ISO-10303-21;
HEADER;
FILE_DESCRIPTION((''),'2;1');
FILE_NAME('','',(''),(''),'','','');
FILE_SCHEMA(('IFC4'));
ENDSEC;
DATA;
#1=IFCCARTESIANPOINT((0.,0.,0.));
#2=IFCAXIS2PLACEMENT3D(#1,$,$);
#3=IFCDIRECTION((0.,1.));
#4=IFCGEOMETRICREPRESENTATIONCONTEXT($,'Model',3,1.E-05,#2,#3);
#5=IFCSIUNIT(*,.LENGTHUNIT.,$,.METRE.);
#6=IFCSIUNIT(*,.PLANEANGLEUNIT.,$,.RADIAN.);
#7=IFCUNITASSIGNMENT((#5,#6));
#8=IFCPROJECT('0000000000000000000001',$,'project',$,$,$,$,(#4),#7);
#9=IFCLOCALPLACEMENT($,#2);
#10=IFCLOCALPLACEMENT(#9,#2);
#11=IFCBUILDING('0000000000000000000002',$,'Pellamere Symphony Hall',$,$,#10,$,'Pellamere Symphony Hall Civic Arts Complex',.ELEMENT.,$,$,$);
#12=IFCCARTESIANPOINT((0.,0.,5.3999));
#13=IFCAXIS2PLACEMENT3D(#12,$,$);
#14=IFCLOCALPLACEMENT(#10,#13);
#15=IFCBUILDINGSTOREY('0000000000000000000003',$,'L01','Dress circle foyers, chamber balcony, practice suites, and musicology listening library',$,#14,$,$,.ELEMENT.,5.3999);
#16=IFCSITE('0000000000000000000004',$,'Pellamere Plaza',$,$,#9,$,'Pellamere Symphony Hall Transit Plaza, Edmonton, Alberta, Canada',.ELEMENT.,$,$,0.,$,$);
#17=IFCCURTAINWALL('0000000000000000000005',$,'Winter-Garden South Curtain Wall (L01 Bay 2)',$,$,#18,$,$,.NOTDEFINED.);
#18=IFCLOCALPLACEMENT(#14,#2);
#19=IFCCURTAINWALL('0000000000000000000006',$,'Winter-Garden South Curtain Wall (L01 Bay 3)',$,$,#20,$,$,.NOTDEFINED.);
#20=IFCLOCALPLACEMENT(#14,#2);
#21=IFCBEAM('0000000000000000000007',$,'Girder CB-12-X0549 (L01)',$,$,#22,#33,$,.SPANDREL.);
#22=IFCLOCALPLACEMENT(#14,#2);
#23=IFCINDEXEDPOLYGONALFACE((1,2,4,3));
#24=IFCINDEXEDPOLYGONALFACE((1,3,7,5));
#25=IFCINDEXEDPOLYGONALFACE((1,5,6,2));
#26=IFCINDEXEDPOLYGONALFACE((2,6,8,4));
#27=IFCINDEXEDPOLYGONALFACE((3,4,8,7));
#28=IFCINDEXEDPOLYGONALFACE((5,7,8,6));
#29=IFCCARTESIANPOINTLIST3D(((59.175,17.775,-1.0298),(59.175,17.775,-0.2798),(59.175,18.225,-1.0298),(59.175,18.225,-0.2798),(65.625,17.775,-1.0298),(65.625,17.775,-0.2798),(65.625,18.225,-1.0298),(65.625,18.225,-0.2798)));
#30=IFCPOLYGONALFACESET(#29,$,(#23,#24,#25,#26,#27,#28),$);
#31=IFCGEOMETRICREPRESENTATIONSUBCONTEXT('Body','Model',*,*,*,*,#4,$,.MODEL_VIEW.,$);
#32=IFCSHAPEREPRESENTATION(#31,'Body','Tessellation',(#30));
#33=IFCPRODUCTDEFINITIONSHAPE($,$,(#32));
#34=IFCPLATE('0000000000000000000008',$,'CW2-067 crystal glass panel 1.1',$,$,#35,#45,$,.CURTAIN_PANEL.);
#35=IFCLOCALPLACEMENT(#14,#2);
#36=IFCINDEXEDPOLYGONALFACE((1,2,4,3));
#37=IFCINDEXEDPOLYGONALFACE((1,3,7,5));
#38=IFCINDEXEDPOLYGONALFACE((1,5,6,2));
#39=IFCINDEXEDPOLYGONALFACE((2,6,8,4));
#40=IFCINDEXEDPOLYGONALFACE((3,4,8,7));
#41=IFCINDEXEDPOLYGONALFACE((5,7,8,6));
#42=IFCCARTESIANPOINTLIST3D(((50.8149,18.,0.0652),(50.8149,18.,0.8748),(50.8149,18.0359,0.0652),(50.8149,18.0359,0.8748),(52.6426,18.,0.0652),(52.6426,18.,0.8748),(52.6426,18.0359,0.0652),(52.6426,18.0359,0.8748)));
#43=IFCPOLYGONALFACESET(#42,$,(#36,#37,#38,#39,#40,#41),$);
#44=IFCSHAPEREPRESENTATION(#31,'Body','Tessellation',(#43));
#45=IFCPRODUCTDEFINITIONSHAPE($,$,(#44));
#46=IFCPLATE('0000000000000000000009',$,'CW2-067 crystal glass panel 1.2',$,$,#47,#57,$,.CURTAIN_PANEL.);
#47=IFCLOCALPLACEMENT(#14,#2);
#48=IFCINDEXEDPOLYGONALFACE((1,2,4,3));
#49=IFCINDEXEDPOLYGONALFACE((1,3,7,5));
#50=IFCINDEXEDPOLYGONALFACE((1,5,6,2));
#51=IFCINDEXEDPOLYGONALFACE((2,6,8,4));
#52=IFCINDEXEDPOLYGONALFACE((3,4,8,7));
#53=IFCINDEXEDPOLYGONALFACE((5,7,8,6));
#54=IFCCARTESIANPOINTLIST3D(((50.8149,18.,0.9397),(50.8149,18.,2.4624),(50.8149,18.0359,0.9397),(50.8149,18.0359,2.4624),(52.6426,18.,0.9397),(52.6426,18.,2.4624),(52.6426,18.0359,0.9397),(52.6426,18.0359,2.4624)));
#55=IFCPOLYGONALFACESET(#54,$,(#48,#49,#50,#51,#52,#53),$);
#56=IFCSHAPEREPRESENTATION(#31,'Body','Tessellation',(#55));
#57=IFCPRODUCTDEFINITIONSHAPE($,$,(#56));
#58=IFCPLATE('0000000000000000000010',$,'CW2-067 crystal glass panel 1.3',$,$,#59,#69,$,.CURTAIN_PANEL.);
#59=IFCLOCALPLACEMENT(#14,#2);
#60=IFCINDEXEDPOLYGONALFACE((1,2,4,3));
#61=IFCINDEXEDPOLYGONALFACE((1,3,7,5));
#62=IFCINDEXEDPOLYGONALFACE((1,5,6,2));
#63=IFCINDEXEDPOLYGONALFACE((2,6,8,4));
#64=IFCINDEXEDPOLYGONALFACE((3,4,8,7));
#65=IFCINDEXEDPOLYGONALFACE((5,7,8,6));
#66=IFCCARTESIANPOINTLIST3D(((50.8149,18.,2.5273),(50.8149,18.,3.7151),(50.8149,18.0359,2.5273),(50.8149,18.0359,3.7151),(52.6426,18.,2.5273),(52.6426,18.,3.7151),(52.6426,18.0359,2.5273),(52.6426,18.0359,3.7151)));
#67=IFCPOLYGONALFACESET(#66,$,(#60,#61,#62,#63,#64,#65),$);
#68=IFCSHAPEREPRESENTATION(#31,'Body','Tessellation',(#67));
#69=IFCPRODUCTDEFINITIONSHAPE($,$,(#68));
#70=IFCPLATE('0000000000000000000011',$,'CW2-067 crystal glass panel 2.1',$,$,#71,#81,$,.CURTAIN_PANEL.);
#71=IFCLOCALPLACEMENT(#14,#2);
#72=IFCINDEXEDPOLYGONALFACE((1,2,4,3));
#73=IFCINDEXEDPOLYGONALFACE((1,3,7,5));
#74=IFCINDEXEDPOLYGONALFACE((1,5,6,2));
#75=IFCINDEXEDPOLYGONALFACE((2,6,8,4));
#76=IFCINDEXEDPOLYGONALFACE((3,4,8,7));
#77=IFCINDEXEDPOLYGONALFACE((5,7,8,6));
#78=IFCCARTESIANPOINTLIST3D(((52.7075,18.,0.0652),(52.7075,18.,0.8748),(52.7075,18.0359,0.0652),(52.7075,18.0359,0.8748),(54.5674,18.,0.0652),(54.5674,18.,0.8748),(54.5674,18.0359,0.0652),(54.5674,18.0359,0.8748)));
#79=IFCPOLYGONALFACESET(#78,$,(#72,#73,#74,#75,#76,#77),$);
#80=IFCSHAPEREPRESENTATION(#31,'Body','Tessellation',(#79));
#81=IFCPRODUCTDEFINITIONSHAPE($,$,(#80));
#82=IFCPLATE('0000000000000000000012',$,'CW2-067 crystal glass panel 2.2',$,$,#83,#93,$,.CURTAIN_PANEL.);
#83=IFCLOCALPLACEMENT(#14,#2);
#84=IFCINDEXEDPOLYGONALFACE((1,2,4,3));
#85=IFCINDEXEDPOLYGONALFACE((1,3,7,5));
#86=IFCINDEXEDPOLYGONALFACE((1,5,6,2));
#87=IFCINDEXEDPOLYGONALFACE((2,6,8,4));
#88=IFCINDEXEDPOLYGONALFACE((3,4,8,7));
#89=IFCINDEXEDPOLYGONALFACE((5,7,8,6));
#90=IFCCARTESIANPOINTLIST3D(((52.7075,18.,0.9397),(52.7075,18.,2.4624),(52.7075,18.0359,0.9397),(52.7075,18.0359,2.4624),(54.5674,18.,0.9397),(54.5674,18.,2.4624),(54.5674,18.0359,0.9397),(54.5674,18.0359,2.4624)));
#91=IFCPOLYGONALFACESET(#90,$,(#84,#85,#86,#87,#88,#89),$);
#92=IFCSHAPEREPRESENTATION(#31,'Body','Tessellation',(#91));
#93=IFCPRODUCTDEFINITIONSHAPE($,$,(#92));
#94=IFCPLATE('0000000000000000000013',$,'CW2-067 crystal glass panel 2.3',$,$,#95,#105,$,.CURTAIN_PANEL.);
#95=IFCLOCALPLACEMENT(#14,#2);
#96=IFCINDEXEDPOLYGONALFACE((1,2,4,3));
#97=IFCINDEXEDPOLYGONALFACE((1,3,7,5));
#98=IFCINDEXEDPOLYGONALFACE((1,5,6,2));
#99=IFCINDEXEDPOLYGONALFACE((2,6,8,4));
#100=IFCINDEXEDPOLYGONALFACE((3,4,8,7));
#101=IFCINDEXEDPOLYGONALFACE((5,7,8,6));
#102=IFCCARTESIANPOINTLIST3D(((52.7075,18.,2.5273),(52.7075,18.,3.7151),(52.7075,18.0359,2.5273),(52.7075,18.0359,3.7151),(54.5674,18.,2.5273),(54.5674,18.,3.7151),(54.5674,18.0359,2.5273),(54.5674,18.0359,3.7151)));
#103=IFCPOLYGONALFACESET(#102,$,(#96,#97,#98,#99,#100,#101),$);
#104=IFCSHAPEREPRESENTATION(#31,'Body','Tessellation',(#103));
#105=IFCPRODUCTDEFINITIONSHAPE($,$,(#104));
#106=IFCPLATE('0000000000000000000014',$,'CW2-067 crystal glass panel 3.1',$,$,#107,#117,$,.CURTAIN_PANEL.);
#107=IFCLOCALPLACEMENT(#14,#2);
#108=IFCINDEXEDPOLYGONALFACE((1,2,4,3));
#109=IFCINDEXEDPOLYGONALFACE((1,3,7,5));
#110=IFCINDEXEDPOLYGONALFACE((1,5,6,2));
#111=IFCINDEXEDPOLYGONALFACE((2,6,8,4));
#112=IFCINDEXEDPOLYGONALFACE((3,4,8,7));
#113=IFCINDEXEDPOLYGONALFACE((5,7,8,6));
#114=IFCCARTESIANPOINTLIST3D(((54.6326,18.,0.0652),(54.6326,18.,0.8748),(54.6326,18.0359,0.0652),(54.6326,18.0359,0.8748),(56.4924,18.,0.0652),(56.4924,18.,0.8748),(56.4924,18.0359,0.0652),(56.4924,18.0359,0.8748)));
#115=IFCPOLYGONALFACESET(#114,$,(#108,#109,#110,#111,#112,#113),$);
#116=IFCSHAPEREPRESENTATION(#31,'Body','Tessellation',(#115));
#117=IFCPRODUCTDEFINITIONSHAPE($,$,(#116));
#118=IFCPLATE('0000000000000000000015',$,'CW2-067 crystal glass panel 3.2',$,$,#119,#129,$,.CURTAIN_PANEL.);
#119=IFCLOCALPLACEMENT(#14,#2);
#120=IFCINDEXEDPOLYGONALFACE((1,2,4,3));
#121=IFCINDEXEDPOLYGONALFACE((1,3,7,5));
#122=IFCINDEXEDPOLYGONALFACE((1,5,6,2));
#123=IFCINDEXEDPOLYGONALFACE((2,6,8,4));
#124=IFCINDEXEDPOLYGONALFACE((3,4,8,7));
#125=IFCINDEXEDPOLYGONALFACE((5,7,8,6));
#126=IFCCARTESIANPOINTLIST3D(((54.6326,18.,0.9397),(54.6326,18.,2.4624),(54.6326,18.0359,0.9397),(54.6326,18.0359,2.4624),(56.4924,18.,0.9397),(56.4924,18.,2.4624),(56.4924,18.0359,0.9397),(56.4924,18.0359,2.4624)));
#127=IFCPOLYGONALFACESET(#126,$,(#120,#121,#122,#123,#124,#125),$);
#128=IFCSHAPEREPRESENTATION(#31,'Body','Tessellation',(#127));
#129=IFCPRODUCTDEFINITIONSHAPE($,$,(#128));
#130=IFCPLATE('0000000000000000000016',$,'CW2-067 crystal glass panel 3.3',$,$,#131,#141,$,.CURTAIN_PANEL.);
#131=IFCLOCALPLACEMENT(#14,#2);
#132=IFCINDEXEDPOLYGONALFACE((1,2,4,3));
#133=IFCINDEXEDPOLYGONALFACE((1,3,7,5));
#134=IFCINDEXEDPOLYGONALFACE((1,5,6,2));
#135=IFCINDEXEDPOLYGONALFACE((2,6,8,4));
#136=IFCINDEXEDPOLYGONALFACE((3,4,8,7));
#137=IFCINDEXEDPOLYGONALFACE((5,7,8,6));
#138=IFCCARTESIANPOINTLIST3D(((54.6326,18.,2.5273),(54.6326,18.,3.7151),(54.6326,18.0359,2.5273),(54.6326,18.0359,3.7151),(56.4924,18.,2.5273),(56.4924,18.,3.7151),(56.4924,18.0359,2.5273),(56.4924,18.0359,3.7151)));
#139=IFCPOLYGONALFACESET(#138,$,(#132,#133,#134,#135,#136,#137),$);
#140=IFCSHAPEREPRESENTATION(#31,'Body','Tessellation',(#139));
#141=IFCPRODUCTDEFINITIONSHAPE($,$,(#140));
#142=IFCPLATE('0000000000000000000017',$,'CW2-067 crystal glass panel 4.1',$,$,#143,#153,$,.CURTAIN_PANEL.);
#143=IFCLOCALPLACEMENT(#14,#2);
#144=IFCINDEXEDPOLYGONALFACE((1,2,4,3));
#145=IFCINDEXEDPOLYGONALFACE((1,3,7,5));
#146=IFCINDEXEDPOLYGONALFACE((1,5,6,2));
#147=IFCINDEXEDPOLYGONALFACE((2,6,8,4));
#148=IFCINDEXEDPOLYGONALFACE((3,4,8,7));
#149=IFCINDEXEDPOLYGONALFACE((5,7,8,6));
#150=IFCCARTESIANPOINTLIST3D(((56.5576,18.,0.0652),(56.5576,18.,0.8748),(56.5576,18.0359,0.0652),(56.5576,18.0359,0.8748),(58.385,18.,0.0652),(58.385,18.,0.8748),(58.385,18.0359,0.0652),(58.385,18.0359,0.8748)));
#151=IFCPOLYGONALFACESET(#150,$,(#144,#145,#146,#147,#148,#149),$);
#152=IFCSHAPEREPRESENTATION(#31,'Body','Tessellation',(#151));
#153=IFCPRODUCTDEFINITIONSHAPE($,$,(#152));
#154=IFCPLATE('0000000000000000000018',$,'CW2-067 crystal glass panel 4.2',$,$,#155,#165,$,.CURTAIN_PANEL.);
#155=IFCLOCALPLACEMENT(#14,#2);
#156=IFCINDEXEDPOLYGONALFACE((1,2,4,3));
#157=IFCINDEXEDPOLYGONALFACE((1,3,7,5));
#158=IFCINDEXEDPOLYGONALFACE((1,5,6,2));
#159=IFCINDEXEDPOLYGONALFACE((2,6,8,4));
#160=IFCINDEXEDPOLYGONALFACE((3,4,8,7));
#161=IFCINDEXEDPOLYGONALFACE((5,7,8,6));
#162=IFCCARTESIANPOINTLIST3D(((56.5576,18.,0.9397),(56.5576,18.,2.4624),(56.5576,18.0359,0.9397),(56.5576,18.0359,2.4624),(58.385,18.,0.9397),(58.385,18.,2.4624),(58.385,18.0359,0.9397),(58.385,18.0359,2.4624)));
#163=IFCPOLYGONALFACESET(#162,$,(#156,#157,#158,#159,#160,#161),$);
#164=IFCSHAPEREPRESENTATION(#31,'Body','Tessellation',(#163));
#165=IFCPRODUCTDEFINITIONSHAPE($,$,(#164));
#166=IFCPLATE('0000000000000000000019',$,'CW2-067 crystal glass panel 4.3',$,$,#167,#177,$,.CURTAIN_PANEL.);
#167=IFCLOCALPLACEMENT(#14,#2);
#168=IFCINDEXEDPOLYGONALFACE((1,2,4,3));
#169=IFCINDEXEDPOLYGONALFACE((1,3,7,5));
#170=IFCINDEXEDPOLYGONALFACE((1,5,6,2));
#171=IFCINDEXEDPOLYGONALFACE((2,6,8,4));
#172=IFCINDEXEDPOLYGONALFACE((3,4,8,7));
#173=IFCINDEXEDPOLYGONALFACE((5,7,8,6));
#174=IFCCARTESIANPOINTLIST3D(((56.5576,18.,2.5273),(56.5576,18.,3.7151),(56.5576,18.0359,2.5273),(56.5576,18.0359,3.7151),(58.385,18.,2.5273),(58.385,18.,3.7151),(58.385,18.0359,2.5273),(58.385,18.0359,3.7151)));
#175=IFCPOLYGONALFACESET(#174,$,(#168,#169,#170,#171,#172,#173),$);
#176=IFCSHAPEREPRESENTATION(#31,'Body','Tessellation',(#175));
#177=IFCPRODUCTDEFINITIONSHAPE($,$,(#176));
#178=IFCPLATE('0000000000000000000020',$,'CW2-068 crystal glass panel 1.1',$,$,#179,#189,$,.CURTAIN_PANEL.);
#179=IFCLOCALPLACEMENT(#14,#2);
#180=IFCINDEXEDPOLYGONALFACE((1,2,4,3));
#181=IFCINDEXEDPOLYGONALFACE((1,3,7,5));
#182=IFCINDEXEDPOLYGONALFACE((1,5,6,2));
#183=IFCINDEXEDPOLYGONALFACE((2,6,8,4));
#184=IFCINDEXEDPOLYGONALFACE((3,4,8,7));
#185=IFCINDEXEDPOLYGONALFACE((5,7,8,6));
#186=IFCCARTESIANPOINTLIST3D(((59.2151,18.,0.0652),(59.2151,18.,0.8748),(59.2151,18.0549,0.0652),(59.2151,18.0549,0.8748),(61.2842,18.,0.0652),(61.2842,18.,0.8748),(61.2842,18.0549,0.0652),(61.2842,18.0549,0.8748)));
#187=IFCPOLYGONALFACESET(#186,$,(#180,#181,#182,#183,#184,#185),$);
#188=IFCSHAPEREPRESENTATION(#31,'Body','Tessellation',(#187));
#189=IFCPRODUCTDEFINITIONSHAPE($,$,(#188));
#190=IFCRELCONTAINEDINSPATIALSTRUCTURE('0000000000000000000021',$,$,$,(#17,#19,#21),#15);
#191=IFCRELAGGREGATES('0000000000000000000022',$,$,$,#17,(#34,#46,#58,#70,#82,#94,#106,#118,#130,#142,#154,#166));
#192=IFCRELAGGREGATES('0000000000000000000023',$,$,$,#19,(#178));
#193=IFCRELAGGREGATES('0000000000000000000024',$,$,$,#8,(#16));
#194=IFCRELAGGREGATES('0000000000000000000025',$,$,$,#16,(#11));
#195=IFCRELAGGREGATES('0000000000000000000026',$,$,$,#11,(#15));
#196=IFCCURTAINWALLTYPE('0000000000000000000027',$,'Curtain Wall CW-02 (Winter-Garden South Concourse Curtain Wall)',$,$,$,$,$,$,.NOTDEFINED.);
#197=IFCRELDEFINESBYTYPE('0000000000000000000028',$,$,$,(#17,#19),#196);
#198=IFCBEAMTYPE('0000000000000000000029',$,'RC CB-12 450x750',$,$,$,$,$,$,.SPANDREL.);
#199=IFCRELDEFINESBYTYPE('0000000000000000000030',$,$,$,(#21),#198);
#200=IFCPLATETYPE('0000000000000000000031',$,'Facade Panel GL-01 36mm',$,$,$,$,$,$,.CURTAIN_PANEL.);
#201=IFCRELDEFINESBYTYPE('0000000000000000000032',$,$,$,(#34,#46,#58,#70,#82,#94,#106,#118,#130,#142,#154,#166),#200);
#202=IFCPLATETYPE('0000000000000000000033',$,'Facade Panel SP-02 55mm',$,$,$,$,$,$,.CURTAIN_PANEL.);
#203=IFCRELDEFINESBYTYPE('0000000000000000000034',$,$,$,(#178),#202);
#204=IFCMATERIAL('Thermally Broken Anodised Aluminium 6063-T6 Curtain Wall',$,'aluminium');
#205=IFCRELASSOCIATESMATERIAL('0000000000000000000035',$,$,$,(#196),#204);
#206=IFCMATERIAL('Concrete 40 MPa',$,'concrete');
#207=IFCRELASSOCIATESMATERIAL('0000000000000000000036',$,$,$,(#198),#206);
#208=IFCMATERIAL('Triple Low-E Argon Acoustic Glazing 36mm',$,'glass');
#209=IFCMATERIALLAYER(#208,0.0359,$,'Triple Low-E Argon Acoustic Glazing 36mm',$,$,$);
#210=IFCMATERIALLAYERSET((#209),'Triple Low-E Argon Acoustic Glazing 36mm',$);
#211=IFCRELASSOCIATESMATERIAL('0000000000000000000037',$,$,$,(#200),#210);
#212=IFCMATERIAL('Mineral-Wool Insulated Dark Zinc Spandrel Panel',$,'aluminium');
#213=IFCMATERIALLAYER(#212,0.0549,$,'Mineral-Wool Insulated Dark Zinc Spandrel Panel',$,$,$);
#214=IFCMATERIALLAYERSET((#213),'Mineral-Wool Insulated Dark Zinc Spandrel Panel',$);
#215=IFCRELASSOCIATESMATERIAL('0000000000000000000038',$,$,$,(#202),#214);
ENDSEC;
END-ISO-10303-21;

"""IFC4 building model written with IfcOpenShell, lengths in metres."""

from ifc_helpers import new_model, si_unit, direction, frame, origin, origin_2d, place, context, subcontext, project, spatial, polyline, rectangle, outline, extrude, material, layer, layer_set, material_profile, profile_set, type_object, element, aggregate, save


model = new_model("IFC4")

# Units and contexts
model_context = context("Model", 3, precision=1e-05, world=origin(), true_north=direction((0.0, 1.0)))
body_context = subcontext(model_context, "Body", "Model", "MODEL_VIEW")
ifc_project = project(units=[si_unit("LENGTHUNIT", "METRE"), si_unit("PLANEANGLEUNIT", "RADIAN")], contexts=[model_context])

# Site, building, storey
site_placement = place(None, origin())
site = spatial("IfcSite", under=ifc_project, at=site_placement, Name="Pellamere Plaza", LongName="Pellamere Symphony Hall Transit Plaza, Edmonton, Alberta, Canada", CompositionType="ELEMENT", RefElevation=0.0)
building_placement = place(site_placement, origin())
building = spatial("IfcBuilding", under=site, at=building_placement, Name="Pellamere Symphony Hall", LongName="Pellamere Symphony Hall Civic Arts Complex", CompositionType="ELEMENT")
storey_placement = place(building_placement, frame((0.0, 0.0, 5.3999)))
storey = spatial("IfcBuildingStorey", under=building, at=storey_placement, Name="L01", Description="Dress circle foyers, chamber balcony, practice suites, and musicology listening library", CompositionType="ELEMENT", Elevation=5.3999)

# Shared definitions
ifc_material_1 = material(Name="Concrete 40 MPa", Category="concrete")

# Curtain wall
ifc_material_2 = material(Name="Thermally Broken Anodised Aluminium 6063-T6 Curtain Wall", Category="aluminium")
curtain_wall_type = type_object("IfcCurtainWallType", Name="Curtain Wall CW-02 (Winter-Garden South Concourse Curtain Wall)", PredefinedType="NOTDEFINED", material=ifc_material_2)
curtain_wall_1_placement = place(storey_placement, origin())
curtain_wall_1 = element("IfcCurtainWall", 1, at=curtain_wall_1_placement, inside=storey, type_object=curtain_wall_type, Name="Winter-Garden South Curtain Wall (L01 Bay 2)", PredefinedType="NOTDEFINED")

# Curtain wall
curtain_wall_2_placement = place(storey_placement, origin())
curtain_wall_2 = element("IfcCurtainWall", 2, at=curtain_wall_2_placement, inside=storey, type_object=curtain_wall_type, Name="Winter-Garden South Curtain Wall (L01 Bay 3)", PredefinedType="NOTDEFINED")

# Beam
ifc_material_profile_1 = material_profile(ifc_material_1, rectangle(XDim=0.45, YDim=0.75, at=origin_2d()), Name="RC 450x750")
ifc_profile_set_1 = profile_set([ifc_material_profile_1], Name="Concrete 40 MPa")
beam_type = type_object("IfcBeamType", Name="RC CB-12 450x750", PredefinedType="SPANDREL", material=ifc_profile_set_1)
beam_placement = place(storey_placement, frame((59.175, 18.0, -0.6548), z_axis=(1.0, 0.0, 0.0), x_axis=(0.0, 1.0, 0.0)))
element("IfcBeam", 3, at=beam_placement, inside=storey, type_object=beam_type, Name="Girder CB-12-X0549 (L01)", PredefinedType="SPANDREL", context=body_context, shape_type="SweptSolid", body=[
    extrude(rectangle(XDim=0.45, YDim=0.75, at=origin_2d()), origin(), (0.0, 0.0, 1.0), 6.45),
])

# Plates
ifc_material_3 = material(Name="Triple Low-E Argon Acoustic Glazing 36mm", Category="glass")
ifc_layer_1 = layer(ifc_material_3, 0.0359, Name="Triple Low-E Argon Acoustic Glazing 36mm")
ifc_layer_set_1 = layer_set([ifc_layer_1], Name="Triple Low-E Argon Acoustic Glazing 36mm")
plate_type_1 = type_object("IfcPlateType", Name="Facade Panel GL-01 36mm", PredefinedType="CURTAIN_PANEL", material=ifc_layer_set_1)
plate_1_placement = place(storey_placement, frame((50.8149, 18.0, 0.0652), z_axis=(0.0, -1.0, 0.0), x_axis=(1.0, 0.0, 0.0)))
plate_1 = element("IfcPlate", 4, at=plate_1_placement, type_object=plate_type_1, Name="CW2-067 crystal glass panel 1.1", PredefinedType="CURTAIN_PANEL", context=body_context, shape_type="SweptSolid", body=[
    extrude(outline(polyline([(0.0, 0.0), (1.8276, 0.0), (1.8276, 0.8096), (0.0, 0.8096), (0.0, 0.0)])), origin(), (0.0, 0.0, -1.0), 0.0359),
])
plate_2_placement = place(storey_placement, frame((50.8149, 18.0, 0.9397), z_axis=(0.0, -1.0, 0.0), x_axis=(1.0, 0.0, 0.0)))
plate_2 = element("IfcPlate", 5, at=plate_2_placement, type_object=plate_type_1, Name="CW2-067 crystal glass panel 1.2", PredefinedType="CURTAIN_PANEL", context=body_context, shape_type="SweptSolid", body=[
    extrude(outline(polyline([(0.0, 0.0), (1.8276, 0.0), (1.8276, 1.5227), (0.0, 1.5227), (0.0, 0.0)])), origin(), (0.0, 0.0, -1.0), 0.0359),
])
plate_3_placement = place(storey_placement, frame((50.8149, 18.0, 2.5273), z_axis=(0.0, -1.0, 0.0), x_axis=(1.0, 0.0, 0.0)))
plate_3 = element("IfcPlate", 6, at=plate_3_placement, type_object=plate_type_1, Name="CW2-067 crystal glass panel 1.3", PredefinedType="CURTAIN_PANEL", context=body_context, shape_type="SweptSolid", body=[
    extrude(outline(polyline([(0.0, 0.0), (1.8276, 0.0), (1.8276, 1.1877), (0.0, 1.1877), (0.0, 0.0)])), origin(), (0.0, 0.0, -1.0), 0.0359),
])
plate_4_placement = place(storey_placement, frame((52.7075, 18.0, 0.0652), z_axis=(0.0, -1.0, 0.0), x_axis=(1.0, 0.0, 0.0)))
plate_4 = element("IfcPlate", 7, at=plate_4_placement, type_object=plate_type_1, Name="CW2-067 crystal glass panel 2.1", PredefinedType="CURTAIN_PANEL", context=body_context, shape_type="SweptSolid", body=[
    extrude(outline(polyline([(0.0, 0.0), (1.8599, 0.0), (1.8599, 0.8096), (0.0, 0.8096), (0.0, 0.0)])), origin(), (0.0, 0.0, -1.0), 0.0359),
])
plate_5_placement = place(storey_placement, frame((52.7075, 18.0, 0.9397), z_axis=(0.0, -1.0, 0.0), x_axis=(1.0, 0.0, 0.0)))
plate_5 = element("IfcPlate", 8, at=plate_5_placement, type_object=plate_type_1, Name="CW2-067 crystal glass panel 2.2", PredefinedType="CURTAIN_PANEL", context=body_context, shape_type="SweptSolid", body=[
    extrude(outline(polyline([(0.0, 0.0), (1.8599, 0.0), (1.8599, 1.5227), (0.0, 1.5227), (0.0, 0.0)])), origin(), (0.0, 0.0, -1.0), 0.0359),
])
plate_6_placement = place(storey_placement, frame((52.7075, 18.0, 2.5273), z_axis=(0.0, -1.0, 0.0), x_axis=(1.0, 0.0, 0.0)))
plate_6 = element("IfcPlate", 9, at=plate_6_placement, type_object=plate_type_1, Name="CW2-067 crystal glass panel 2.3", PredefinedType="CURTAIN_PANEL", context=body_context, shape_type="SweptSolid", body=[
    extrude(outline(polyline([(0.0, 0.0), (1.8599, 0.0), (1.8599, 1.1877), (0.0, 1.1877), (0.0, 0.0)])), origin(), (0.0, 0.0, -1.0), 0.0359),
])
plate_7_placement = place(storey_placement, frame((54.6326, 18.0, 0.0652), z_axis=(0.0, -1.0, 0.0), x_axis=(1.0, 0.0, 0.0)))
plate_7 = element("IfcPlate", 10, at=plate_7_placement, type_object=plate_type_1, Name="CW2-067 crystal glass panel 3.1", PredefinedType="CURTAIN_PANEL", context=body_context, shape_type="SweptSolid", body=[
    extrude(outline(polyline([(0.0, 0.0), (1.8599, 0.0), (1.8599, 0.8096), (0.0, 0.8096), (0.0, 0.0)])), origin(), (0.0, 0.0, -1.0), 0.0359),
])
plate_8_placement = place(storey_placement, frame((54.6326, 18.0, 0.9397), z_axis=(0.0, -1.0, 0.0), x_axis=(1.0, 0.0, 0.0)))
plate_8 = element("IfcPlate", 11, at=plate_8_placement, type_object=plate_type_1, Name="CW2-067 crystal glass panel 3.2", PredefinedType="CURTAIN_PANEL", context=body_context, shape_type="SweptSolid", body=[
    extrude(outline(polyline([(0.0, 0.0), (1.8599, 0.0), (1.8599, 1.5227), (0.0, 1.5227), (0.0, 0.0)])), origin(), (0.0, 0.0, -1.0), 0.0359),
])
plate_9_placement = place(storey_placement, frame((54.6326, 18.0, 2.5273), z_axis=(0.0, -1.0, 0.0), x_axis=(1.0, 0.0, 0.0)))
plate_9 = element("IfcPlate", 12, at=plate_9_placement, type_object=plate_type_1, Name="CW2-067 crystal glass panel 3.3", PredefinedType="CURTAIN_PANEL", context=body_context, shape_type="SweptSolid", body=[
    extrude(outline(polyline([(0.0, 0.0), (1.8599, 0.0), (1.8599, 1.1877), (0.0, 1.1877), (0.0, 0.0)])), origin(), (0.0, 0.0, -1.0), 0.0359),
])
plate_10_placement = place(storey_placement, frame((56.5576, 18.0, 0.0652), z_axis=(0.0, -1.0, 0.0), x_axis=(1.0, 0.0, 0.0)))
plate_10 = element("IfcPlate", 13, at=plate_10_placement, type_object=plate_type_1, Name="CW2-067 crystal glass panel 4.1", PredefinedType="CURTAIN_PANEL", context=body_context, shape_type="SweptSolid", body=[
    extrude(outline(polyline([(0.0, 0.0), (1.8274, 0.0), (1.8274, 0.8096), (0.0, 0.8096), (0.0, 0.0)])), origin(), (0.0, 0.0, -1.0), 0.0359),
])
plate_11_placement = place(storey_placement, frame((56.5576, 18.0, 0.9397), z_axis=(0.0, -1.0, 0.0), x_axis=(1.0, 0.0, 0.0)))
plate_11 = element("IfcPlate", 14, at=plate_11_placement, type_object=plate_type_1, Name="CW2-067 crystal glass panel 4.2", PredefinedType="CURTAIN_PANEL", context=body_context, shape_type="SweptSolid", body=[
    extrude(outline(polyline([(0.0, 0.0), (1.8274, 0.0), (1.8274, 1.5227), (0.0, 1.5227), (0.0, 0.0)])), origin(), (0.0, 0.0, -1.0), 0.0359),
])
plate_12_placement = place(storey_placement, frame((56.5576, 18.0, 2.5273), z_axis=(0.0, -1.0, 0.0), x_axis=(1.0, 0.0, 0.0)))
plate_12 = element("IfcPlate", 15, at=plate_12_placement, type_object=plate_type_1, Name="CW2-067 crystal glass panel 4.3", PredefinedType="CURTAIN_PANEL", context=body_context, shape_type="SweptSolid", body=[
    extrude(outline(polyline([(0.0, 0.0), (1.8274, 0.0), (1.8274, 1.1877), (0.0, 1.1877), (0.0, 0.0)])), origin(), (0.0, 0.0, -1.0), 0.0359),
])
aggregate(curtain_wall_1, [plate_1, plate_2, plate_3, plate_4, plate_5, plate_6, plate_7, plate_8, plate_9, plate_10, plate_11, plate_12])
ifc_material_4 = material(Name="Mineral-Wool Insulated Dark Zinc Spandrel Panel", Category="aluminium")
ifc_layer_2 = layer(ifc_material_4, 0.0549, Name="Mineral-Wool Insulated Dark Zinc Spandrel Panel")
ifc_layer_set_2 = layer_set([ifc_layer_2], Name="Mineral-Wool Insulated Dark Zinc Spandrel Panel")
plate_type_2 = type_object("IfcPlateType", Name="Facade Panel SP-02 55mm", PredefinedType="CURTAIN_PANEL", material=ifc_layer_set_2)
plate_13_placement = place(storey_placement, frame((59.2151, 18.0, 0.0652), z_axis=(0.0, -1.0, 0.0), x_axis=(1.0, 0.0, 0.0)))
plate_13 = element("IfcPlate", 16, at=plate_13_placement, type_object=plate_type_2, Name="CW2-068 crystal glass panel 1.1", PredefinedType="CURTAIN_PANEL", context=body_context, shape_type="SweptSolid", body=[
    extrude(outline(polyline([(0.0, 0.0), (2.0691, 0.0), (2.0691, 0.8096), (0.0, 0.8096), (0.0, 0.0)])), origin(), (0.0, 0.0, -1.0), 0.0549),
])
aggregate(curtain_wall_2, [plate_13])

save(model, "model.ifc")
